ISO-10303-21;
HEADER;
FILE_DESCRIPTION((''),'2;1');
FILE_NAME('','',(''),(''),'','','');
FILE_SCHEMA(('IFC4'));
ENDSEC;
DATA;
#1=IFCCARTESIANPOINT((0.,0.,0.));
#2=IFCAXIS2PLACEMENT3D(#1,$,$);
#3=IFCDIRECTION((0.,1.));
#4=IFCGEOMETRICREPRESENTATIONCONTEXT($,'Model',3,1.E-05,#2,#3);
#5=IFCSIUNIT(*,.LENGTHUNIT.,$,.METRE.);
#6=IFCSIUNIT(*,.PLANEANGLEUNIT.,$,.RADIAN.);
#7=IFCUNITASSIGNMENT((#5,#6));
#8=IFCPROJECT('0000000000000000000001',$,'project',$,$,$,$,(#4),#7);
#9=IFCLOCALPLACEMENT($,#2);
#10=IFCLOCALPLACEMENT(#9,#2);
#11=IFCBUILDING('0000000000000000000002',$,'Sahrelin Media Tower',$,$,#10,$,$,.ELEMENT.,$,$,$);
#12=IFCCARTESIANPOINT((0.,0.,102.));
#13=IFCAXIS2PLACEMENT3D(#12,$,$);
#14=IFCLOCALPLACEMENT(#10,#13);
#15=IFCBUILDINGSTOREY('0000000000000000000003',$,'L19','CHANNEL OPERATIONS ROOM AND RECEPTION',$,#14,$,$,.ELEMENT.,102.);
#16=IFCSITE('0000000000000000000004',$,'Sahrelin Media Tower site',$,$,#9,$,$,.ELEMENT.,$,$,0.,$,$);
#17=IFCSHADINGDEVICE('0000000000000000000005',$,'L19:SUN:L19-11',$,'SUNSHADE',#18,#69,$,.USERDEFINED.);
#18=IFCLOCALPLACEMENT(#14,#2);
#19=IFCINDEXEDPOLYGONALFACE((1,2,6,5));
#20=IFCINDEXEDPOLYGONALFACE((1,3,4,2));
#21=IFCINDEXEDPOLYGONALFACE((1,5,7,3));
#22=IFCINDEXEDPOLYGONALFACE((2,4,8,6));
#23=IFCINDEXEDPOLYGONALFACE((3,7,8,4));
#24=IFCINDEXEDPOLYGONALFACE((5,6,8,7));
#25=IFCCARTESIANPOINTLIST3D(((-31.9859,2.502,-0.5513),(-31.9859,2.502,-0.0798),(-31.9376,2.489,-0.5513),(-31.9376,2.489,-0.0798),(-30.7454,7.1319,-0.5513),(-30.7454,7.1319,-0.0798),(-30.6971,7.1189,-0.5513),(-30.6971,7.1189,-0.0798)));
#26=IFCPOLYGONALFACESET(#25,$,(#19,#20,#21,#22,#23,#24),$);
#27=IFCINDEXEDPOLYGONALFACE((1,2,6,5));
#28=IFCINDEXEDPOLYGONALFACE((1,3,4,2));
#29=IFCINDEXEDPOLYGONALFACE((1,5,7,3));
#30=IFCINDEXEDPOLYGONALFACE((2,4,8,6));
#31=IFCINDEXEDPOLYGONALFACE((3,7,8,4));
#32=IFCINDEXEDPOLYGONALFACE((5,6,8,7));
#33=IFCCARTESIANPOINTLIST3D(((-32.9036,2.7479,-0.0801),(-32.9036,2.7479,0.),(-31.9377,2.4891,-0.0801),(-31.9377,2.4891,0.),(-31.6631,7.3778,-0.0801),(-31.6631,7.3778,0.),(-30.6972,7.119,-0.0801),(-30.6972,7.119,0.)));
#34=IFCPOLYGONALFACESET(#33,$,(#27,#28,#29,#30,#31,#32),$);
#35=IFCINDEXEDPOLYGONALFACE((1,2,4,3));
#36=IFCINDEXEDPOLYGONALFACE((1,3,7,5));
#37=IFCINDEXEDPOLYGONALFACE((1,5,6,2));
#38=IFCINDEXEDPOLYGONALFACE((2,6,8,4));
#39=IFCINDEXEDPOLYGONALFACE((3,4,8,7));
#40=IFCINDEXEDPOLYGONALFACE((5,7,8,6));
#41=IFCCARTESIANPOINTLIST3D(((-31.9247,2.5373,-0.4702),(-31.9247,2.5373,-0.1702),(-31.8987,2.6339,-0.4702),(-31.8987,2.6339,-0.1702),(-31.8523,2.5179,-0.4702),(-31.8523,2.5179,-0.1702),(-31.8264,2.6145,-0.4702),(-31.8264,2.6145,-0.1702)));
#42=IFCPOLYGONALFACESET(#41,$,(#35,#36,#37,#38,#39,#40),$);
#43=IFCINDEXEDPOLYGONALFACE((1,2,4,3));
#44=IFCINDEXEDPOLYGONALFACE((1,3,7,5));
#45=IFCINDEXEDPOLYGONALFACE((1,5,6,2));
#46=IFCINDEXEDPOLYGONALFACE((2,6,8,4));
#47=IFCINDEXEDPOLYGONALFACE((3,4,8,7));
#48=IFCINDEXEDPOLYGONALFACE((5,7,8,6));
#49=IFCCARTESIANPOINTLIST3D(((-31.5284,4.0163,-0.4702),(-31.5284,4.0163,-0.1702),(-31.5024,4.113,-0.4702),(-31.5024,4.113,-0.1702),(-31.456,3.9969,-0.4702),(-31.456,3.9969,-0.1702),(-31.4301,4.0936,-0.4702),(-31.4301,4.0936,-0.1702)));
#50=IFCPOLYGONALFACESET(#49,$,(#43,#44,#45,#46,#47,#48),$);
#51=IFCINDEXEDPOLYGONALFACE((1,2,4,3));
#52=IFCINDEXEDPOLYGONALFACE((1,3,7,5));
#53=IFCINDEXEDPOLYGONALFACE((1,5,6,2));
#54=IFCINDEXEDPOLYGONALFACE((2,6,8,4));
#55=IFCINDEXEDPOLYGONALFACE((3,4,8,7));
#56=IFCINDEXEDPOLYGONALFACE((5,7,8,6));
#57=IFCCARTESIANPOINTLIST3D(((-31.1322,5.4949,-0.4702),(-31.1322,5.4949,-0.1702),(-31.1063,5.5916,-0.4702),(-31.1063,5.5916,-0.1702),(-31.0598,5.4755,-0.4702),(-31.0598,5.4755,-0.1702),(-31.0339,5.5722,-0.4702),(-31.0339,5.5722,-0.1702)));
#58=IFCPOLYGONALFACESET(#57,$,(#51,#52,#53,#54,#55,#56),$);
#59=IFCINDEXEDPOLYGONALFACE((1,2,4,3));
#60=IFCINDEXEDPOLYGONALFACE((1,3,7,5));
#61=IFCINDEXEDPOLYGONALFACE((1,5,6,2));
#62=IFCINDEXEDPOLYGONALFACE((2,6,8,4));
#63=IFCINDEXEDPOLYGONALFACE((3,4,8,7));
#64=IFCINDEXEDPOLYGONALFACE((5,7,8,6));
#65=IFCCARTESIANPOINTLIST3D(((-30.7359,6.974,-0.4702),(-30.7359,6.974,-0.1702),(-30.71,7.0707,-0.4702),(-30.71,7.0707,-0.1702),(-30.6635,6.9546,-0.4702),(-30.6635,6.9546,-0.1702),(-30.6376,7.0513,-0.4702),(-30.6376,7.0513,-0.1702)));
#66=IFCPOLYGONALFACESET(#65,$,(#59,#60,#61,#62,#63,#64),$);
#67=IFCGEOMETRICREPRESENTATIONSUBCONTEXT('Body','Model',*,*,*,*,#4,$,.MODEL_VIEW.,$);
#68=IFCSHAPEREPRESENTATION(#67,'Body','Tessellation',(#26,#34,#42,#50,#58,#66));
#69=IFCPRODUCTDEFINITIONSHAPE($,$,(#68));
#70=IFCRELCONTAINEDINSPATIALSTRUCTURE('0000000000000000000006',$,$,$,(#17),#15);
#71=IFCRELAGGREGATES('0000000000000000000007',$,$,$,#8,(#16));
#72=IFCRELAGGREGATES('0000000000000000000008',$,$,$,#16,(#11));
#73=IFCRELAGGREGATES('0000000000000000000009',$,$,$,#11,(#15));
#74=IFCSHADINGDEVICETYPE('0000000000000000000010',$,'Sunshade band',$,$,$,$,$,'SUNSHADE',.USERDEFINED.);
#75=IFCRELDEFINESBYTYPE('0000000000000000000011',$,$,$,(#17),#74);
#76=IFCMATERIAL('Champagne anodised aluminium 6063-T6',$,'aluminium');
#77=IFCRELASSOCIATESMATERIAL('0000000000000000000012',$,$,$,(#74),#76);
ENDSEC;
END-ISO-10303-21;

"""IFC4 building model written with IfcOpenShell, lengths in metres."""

from ifc_helpers import new_model, si_unit, direction, frame, origin, origin_2d, place, context, subcontext, project, spatial, rectangle, extrude, material, type_object, element, save


model = new_model("IFC4")

# Units and contexts
model_context = context("Model", 3, precision=1e-05, world=origin(), true_north=direction((0.0, 1.0)))
body_context = subcontext(model_context, "Body", "Model", "MODEL_VIEW")
ifc_project = project(units=[si_unit("LENGTHUNIT", "METRE"), si_unit("PLANEANGLEUNIT", "RADIAN")], contexts=[model_context])

# Site, building, storey
site_placement = place(None, origin())
site = spatial("IfcSite", under=ifc_project, at=site_placement, Name="Sahrelin Media Tower site", CompositionType="ELEMENT", RefElevation=0.0)
building_placement = place(site_placement, origin())
building = spatial("IfcBuilding", under=site, at=building_placement, Name="Sahrelin Media Tower", CompositionType="ELEMENT")
storey_placement = place(building_placement, frame((0.0, 0.0, 102.0)))
storey = spatial("IfcBuildingStorey", under=building, at=storey_placement, Name="L19", Description="CHANNEL OPERATIONS ROOM AND RECEPTION", CompositionType="ELEMENT", Elevation=102.0)

# Shared definitions
ifc_material_1 = material(Name="Champagne anodised aluminium 6063-T6", Category="aluminium")

# Shading device
placement_1 = place(storey_placement, frame((-31.2981, 4.7988, 0.0), z_axis=(0.0, 0.0, 1.0), x_axis=(0.258808, 0.965929, 0.0)))
shading_device_type_1 = type_object("IfcShadingDeviceType", Name="Sunshade band", ElementType="SUNSHADE", PredefinedType="USERDEFINED", material=ifc_material_1)
element("IfcShadingDevice", 1, at=placement_1, inside=storey, type_object=shading_device_type_1, Name="L19:SUN:L19-11", ObjectType="SUNSHADE", PredefinedType="USERDEFINED", context=body_context, shape_type="SweptSolid", body=[
    extrude(rectangle(XDim=4.7932, YDim=0.05, at=origin_2d()), frame((0.0, 0.0449, -0.5513)), (0.0, 0.0, 1.0), 0.4714),
    extrude(rectangle(XDim=4.7932, YDim=1.0, at=origin_2d()), frame((0.0, 0.52, -0.0801)), (0.0, 0.0, 1.0), 0.0801),
    extrude(rectangle(XDim=0.1001, YDim=0.075, at=origin_2d()), frame((-2.2966, -0.0176, -0.4702)), (0.0, 0.0, 1.0), 0.3),
    extrude(rectangle(XDim=0.1001, YDim=0.075, at=origin_2d()), frame((-0.7654, -0.0176, -0.4702)), (0.0, 0.0, 1.0), 0.3),
    extrude(rectangle(XDim=0.1001, YDim=0.075, at=origin_2d()), frame((0.7654, -0.0176, -0.4702)), (0.0, 0.0, 1.0), 0.3),
    extrude(rectangle(XDim=0.1001, YDim=0.075, at=origin_2d()), frame((2.2966, -0.0176, -0.4702)), (0.0, 0.0, 1.0), 0.3),
])

save(model, "model.ifc")
